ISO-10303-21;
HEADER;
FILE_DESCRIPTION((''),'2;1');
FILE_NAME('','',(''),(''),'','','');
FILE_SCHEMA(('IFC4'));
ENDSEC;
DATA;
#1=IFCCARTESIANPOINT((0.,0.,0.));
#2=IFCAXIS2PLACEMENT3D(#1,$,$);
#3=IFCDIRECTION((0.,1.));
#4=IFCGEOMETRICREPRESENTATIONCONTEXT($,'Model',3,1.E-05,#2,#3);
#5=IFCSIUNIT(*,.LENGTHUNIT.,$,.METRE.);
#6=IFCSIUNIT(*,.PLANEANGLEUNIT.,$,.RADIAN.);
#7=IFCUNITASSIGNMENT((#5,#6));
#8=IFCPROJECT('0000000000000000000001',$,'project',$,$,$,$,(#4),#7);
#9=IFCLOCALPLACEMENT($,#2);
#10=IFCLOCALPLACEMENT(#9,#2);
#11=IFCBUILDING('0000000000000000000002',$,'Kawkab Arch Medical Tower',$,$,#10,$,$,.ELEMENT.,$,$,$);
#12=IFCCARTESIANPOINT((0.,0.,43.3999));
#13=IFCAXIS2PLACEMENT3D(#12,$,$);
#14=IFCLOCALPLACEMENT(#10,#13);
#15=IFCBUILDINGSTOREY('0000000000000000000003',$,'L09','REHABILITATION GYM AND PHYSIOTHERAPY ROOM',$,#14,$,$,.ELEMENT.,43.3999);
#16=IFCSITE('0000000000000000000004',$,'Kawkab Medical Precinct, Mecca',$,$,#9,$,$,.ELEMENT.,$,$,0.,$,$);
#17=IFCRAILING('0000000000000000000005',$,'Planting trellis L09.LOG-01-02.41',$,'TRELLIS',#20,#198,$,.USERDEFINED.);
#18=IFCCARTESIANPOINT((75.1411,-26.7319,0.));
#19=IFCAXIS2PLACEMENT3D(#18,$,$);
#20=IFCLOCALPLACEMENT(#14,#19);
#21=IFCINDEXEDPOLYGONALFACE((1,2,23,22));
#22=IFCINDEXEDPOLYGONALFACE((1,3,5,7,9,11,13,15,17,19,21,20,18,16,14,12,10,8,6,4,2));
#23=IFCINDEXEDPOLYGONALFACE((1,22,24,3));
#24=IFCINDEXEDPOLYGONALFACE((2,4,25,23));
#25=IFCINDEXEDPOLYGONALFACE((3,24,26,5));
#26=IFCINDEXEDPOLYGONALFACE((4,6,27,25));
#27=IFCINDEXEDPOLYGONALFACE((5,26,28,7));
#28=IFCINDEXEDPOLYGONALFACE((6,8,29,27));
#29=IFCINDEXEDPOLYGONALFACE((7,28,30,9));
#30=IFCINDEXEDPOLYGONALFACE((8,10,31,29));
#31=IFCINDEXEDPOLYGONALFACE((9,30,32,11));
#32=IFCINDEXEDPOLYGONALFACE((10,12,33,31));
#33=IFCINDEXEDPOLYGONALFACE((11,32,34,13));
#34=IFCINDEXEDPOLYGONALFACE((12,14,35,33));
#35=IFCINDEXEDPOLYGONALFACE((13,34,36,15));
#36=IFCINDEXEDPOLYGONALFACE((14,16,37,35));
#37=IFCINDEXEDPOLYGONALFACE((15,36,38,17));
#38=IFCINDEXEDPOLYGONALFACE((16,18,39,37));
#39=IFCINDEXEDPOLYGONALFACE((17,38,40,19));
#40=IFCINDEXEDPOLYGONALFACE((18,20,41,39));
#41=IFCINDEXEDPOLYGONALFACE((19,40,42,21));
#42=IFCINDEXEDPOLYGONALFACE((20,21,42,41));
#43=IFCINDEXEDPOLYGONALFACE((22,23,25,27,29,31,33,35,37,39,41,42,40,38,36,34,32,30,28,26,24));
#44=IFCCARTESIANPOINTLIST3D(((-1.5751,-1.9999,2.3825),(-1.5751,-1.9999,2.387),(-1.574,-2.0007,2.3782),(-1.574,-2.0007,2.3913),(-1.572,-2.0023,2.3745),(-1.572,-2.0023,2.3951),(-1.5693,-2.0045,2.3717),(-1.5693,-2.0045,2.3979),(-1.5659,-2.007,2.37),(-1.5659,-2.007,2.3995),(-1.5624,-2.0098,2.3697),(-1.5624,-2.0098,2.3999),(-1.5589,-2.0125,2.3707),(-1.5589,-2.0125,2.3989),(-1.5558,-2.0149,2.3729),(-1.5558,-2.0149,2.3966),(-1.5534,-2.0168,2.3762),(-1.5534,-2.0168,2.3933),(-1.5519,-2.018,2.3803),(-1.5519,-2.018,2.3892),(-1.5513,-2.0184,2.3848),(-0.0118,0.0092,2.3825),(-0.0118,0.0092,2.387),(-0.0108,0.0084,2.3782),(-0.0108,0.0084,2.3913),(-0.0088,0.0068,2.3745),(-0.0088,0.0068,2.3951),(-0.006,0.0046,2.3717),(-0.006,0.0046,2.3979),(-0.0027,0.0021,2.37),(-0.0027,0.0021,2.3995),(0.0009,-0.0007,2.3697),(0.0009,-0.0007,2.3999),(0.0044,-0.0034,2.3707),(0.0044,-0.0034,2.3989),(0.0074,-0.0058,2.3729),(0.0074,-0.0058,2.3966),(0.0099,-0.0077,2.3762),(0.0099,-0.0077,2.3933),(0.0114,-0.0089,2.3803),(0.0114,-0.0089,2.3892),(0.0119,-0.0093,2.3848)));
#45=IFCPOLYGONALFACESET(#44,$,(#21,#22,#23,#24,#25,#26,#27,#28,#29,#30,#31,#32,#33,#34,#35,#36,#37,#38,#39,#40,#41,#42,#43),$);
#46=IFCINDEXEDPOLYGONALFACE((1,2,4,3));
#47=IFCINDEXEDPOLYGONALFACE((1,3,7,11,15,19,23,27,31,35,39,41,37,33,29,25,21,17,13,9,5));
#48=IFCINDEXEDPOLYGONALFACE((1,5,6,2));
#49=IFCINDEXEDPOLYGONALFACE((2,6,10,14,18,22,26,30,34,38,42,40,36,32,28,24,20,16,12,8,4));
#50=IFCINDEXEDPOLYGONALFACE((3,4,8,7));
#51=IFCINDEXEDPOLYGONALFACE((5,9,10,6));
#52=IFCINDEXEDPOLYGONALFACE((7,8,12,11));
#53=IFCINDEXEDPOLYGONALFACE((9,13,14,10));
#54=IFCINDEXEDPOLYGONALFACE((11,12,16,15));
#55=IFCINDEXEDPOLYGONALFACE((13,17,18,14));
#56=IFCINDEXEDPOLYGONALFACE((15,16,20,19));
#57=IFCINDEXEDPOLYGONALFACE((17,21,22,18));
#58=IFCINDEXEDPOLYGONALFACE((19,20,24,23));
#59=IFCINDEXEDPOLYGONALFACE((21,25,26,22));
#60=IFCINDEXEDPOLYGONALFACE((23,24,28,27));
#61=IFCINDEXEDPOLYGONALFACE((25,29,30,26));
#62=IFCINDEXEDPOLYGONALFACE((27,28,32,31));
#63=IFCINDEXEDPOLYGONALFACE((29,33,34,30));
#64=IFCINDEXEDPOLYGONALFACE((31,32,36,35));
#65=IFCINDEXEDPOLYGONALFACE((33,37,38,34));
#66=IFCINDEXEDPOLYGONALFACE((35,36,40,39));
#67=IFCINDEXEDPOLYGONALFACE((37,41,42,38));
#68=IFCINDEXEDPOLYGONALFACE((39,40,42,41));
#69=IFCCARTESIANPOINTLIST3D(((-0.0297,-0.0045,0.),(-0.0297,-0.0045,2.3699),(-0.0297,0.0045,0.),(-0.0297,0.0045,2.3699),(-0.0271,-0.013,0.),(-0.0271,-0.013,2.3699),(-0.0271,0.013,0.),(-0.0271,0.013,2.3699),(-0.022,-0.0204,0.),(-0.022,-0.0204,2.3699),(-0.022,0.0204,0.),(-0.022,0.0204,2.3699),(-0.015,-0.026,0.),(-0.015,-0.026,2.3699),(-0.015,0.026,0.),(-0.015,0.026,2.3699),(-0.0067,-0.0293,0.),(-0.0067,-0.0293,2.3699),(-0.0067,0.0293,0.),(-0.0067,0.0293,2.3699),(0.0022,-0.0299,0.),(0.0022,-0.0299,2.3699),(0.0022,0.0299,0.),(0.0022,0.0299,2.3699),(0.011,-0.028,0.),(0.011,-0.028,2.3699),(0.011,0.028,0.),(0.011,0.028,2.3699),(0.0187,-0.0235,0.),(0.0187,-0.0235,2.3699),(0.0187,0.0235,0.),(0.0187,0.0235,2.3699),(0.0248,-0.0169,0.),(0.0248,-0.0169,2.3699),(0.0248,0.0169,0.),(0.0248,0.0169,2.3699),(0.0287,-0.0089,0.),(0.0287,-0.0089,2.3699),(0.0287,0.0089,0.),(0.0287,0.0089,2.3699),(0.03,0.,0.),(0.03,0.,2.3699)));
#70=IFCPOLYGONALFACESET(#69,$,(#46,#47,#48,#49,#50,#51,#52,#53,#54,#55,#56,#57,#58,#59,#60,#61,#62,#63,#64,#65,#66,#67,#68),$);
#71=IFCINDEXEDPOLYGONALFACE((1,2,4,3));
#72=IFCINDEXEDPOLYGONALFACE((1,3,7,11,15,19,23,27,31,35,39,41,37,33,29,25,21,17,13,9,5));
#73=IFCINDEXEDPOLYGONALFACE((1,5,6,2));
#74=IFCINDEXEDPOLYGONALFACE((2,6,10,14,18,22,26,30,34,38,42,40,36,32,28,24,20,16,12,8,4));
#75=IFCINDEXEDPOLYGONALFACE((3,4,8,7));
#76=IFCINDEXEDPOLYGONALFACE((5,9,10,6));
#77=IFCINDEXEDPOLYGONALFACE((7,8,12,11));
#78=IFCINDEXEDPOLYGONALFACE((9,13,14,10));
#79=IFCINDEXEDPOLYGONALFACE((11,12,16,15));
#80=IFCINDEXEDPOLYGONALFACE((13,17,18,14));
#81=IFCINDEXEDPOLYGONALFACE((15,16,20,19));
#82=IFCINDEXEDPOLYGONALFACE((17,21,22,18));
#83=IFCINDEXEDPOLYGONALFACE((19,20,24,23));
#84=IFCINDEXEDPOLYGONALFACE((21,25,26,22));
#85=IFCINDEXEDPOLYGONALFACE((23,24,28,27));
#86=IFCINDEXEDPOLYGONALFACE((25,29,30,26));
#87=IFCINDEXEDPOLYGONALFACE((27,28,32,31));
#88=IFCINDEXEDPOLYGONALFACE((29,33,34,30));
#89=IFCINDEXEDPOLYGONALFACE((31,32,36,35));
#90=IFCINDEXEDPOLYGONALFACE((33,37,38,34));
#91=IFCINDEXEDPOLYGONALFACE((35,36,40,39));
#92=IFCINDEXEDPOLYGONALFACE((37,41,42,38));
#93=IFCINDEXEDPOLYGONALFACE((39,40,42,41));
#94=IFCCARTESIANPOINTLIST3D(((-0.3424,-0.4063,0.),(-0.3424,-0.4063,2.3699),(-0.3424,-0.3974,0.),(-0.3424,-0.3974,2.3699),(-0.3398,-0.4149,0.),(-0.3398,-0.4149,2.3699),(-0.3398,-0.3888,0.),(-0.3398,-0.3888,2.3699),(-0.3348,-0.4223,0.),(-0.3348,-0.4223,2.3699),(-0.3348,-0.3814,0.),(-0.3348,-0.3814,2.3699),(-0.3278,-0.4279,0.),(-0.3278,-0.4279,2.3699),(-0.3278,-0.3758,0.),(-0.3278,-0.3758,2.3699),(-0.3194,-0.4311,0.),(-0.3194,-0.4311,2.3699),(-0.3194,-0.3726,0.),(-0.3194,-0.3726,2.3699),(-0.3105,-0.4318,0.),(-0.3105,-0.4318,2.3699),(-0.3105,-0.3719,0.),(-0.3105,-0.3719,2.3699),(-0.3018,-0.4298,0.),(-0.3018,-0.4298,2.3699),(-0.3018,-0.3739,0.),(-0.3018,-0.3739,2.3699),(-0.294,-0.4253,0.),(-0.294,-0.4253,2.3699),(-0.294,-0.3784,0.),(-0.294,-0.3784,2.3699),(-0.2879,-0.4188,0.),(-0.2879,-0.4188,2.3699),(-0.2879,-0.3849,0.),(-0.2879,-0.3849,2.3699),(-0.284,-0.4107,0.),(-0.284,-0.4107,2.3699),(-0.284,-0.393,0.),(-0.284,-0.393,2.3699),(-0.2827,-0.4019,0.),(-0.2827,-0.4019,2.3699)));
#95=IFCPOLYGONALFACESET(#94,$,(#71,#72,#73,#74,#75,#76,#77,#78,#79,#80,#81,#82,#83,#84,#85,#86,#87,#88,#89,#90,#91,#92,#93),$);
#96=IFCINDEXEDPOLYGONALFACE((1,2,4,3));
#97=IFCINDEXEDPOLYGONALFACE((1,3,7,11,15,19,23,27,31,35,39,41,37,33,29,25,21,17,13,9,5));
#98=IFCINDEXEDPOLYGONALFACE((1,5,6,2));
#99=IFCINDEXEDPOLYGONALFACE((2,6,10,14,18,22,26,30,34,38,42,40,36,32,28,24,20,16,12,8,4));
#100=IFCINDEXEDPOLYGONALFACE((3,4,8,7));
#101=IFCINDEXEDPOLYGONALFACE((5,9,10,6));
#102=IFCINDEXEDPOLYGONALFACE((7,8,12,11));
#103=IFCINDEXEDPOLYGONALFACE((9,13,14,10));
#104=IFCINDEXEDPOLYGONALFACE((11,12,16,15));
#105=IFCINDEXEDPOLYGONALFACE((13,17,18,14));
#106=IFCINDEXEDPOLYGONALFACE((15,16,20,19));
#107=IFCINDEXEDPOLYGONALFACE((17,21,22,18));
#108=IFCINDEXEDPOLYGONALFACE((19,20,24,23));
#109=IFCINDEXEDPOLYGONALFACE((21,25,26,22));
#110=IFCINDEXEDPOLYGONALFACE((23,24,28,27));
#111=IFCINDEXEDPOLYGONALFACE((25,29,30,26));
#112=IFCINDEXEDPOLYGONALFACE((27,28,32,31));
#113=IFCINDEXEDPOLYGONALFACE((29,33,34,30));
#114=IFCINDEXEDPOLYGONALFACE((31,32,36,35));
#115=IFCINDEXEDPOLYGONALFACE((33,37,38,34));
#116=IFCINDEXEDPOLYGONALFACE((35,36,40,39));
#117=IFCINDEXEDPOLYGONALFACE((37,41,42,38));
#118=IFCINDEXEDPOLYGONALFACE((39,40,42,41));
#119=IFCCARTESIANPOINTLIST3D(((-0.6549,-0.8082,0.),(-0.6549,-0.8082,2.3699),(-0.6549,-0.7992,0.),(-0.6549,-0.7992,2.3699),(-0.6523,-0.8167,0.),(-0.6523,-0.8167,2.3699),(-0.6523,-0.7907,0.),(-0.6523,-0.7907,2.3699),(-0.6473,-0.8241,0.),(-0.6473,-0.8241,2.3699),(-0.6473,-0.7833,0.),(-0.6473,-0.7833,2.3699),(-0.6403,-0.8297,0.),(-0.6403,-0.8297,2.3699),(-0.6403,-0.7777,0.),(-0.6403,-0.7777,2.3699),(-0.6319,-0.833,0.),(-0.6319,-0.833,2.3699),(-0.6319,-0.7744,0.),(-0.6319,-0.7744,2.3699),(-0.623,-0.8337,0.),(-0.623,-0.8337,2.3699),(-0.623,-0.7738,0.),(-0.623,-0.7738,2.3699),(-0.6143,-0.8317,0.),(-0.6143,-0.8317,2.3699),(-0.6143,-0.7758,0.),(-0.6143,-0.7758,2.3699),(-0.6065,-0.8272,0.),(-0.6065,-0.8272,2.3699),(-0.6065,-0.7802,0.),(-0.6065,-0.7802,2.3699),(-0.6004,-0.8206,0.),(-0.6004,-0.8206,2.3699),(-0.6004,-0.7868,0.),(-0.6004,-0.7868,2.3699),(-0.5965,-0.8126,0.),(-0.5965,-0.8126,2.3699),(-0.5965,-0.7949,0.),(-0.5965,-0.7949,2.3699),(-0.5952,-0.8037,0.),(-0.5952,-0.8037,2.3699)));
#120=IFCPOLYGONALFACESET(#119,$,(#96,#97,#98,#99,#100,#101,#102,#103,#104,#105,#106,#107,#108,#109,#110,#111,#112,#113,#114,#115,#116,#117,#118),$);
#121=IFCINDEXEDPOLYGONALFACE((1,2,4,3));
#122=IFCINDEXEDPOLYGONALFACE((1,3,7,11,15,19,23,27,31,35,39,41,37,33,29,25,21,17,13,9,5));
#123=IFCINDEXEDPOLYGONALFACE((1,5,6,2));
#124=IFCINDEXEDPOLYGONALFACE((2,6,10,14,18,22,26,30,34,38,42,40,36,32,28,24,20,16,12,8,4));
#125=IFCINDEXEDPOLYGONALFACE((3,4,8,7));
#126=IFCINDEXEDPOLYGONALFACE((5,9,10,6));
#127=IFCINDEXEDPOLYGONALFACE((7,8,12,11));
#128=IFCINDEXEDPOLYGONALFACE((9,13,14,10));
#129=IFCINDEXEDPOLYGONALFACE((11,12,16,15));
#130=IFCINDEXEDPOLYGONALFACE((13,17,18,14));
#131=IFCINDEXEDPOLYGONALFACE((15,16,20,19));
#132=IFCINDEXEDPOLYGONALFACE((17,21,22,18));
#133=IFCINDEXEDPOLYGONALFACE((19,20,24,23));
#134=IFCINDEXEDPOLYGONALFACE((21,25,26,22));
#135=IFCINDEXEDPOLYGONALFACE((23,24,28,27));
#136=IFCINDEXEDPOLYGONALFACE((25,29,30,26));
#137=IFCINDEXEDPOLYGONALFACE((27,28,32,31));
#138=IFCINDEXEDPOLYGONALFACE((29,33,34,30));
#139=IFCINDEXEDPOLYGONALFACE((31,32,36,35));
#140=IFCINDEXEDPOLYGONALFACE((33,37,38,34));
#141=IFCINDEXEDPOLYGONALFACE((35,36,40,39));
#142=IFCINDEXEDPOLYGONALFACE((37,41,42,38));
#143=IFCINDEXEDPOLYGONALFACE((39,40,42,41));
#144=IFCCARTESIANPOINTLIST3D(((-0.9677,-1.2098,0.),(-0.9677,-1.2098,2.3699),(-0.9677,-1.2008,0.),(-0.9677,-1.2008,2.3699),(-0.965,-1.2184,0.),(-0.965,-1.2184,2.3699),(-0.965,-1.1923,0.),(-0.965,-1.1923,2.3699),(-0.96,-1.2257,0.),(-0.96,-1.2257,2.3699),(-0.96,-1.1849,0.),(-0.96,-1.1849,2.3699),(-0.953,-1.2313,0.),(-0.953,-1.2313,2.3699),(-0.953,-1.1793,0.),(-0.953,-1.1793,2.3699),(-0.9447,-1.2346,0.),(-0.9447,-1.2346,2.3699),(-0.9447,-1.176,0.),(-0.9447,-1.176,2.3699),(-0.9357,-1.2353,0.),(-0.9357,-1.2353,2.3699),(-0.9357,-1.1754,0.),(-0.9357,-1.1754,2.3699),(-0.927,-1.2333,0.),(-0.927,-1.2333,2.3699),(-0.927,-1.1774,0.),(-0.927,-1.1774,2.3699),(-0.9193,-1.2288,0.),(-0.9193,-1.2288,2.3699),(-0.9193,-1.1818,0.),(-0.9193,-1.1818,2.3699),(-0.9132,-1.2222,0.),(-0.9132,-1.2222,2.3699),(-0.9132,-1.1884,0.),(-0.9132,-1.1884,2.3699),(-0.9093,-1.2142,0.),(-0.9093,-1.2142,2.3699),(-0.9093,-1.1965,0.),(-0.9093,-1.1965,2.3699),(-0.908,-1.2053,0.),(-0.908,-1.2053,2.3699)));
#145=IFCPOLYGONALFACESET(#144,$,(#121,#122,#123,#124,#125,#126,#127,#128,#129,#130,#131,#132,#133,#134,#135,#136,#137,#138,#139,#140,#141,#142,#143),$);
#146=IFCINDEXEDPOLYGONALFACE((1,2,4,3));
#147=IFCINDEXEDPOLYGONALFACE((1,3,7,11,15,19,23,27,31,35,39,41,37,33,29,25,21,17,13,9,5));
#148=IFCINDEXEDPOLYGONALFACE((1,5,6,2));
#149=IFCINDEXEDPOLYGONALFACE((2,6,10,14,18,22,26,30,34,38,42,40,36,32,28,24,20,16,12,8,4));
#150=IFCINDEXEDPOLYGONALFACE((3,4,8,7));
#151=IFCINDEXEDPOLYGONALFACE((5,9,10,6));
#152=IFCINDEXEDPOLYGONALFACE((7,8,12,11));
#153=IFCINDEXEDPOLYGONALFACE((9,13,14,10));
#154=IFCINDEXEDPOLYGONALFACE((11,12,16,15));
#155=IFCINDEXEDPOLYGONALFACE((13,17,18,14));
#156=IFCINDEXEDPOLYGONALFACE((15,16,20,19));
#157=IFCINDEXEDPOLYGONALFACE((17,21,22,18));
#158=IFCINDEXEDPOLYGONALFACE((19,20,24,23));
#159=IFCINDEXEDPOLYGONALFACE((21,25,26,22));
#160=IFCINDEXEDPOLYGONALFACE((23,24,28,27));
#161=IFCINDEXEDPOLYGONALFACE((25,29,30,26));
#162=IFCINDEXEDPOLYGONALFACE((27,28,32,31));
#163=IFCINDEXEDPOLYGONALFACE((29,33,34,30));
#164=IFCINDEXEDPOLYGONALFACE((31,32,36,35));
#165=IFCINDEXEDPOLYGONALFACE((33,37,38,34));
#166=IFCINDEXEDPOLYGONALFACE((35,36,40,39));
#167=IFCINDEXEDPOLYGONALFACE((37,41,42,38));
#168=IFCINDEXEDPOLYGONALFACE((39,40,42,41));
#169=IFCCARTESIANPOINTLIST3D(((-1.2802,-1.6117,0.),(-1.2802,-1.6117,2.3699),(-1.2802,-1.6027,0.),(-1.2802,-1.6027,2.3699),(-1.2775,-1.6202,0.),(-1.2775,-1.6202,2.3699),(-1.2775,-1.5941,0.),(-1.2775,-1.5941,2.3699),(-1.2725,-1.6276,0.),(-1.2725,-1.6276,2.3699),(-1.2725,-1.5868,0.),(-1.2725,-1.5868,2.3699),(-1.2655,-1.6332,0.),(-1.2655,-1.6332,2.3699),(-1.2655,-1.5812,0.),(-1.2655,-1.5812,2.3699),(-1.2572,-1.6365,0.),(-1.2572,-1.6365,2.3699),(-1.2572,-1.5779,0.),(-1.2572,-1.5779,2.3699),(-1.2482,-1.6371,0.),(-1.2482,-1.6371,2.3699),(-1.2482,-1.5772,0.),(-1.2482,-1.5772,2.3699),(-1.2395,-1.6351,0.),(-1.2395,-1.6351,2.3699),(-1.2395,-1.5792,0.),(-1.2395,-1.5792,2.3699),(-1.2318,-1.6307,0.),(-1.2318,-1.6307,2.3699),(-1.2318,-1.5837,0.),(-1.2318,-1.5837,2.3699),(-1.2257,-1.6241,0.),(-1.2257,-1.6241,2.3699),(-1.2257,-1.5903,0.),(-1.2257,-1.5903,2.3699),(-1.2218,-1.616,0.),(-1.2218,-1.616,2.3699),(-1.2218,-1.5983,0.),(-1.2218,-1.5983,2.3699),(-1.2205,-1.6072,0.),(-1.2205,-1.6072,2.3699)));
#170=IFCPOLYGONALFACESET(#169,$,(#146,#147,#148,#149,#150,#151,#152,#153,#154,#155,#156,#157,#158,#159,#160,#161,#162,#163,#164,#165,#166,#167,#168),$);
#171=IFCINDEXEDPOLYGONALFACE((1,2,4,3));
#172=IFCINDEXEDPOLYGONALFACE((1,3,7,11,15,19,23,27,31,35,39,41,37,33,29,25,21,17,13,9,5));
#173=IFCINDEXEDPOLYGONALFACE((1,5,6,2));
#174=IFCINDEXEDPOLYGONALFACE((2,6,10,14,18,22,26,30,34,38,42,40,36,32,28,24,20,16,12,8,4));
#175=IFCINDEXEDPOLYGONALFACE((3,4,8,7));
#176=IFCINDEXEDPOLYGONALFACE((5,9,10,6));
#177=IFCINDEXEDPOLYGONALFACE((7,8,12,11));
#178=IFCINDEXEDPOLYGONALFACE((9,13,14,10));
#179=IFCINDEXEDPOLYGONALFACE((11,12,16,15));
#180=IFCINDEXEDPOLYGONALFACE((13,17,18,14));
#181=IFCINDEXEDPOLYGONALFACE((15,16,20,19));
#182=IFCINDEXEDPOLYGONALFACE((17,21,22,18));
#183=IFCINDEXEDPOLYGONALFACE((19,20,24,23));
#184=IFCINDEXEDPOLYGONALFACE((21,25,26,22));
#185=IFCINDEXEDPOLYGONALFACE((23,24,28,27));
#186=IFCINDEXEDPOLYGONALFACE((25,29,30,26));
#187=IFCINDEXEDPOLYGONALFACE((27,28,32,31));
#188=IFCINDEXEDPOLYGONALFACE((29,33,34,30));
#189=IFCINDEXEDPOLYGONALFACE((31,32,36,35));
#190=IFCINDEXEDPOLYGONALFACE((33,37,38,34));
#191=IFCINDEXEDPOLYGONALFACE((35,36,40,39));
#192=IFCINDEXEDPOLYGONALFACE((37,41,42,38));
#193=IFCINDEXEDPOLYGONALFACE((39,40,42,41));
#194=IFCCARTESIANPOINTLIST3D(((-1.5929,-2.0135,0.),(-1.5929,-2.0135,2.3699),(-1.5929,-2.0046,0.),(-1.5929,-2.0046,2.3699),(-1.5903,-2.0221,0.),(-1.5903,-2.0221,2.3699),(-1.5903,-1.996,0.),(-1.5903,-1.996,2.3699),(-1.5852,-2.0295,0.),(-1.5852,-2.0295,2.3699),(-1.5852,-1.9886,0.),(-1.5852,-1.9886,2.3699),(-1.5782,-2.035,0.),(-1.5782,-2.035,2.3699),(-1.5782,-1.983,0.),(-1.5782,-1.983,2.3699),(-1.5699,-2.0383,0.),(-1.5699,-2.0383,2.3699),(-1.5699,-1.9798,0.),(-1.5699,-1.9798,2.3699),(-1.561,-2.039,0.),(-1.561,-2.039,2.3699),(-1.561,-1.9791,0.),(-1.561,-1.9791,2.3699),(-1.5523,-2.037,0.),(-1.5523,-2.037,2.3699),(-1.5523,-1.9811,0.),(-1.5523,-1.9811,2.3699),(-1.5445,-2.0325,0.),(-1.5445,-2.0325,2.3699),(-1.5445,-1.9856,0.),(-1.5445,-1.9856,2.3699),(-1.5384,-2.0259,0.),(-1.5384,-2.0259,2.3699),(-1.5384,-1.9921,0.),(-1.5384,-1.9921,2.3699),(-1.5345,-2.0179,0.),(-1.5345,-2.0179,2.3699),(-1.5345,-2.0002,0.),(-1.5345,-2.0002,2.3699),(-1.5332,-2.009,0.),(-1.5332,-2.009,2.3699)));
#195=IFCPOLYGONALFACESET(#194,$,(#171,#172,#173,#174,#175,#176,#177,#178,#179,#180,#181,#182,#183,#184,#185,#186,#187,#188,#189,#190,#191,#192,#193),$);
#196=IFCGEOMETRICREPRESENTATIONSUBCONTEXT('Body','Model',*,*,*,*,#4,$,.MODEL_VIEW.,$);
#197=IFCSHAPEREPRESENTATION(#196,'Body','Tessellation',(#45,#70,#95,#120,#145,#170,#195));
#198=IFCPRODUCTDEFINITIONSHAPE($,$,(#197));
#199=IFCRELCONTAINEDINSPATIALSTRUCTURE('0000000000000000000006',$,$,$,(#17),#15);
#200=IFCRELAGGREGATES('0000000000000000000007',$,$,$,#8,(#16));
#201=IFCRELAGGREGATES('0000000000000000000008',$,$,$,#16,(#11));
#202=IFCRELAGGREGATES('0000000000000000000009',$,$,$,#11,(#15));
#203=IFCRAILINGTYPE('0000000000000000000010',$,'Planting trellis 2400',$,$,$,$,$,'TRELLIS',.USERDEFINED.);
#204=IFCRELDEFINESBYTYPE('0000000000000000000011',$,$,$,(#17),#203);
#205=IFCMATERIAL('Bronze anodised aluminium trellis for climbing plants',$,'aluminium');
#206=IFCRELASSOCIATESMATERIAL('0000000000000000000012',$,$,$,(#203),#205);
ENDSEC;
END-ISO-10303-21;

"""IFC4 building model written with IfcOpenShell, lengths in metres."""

from ifc_helpers import new_model, si_unit, direction, frame, origin, origin_2d, place, context, subcontext, project, spatial, circle, extrude, material, type_object, element, save


model = new_model("IFC4")

# Units and contexts
model_context = context("Model", 3, precision=1e-05, world=origin(), true_north=direction((0.0, 1.0)))
body_context = subcontext(model_context, "Body", "Model", "MODEL_VIEW")
ifc_project = project(units=[si_unit("LENGTHUNIT", "METRE"), si_unit("PLANEANGLEUNIT", "RADIAN")], contexts=[model_context])

# Site, building, storey
site_placement = place(None, origin())
site = spatial("IfcSite", under=ifc_project, at=site_placement, Name="Kawkab Medical Precinct, Mecca", CompositionType="ELEMENT", RefElevation=0.0)
building_placement = place(site_placement, origin())
building = spatial("IfcBuilding", under=site, at=building_placement, Name="Kawkab Arch Medical Tower", CompositionType="ELEMENT")
storey_placement = place(building_placement, frame((0.0, 0.0, 43.3999)))
storey = spatial("IfcBuildingStorey", under=building, at=storey_placement, Name="L09", Description="REHABILITATION GYM AND PHYSIOTHERAPY ROOM", CompositionType="ELEMENT", Elevation=43.3999)

# Railing
ifc_material_1 = material(Name="Bronze anodised aluminium trellis for climbing plants", Category="aluminium")
railing_type = type_object("IfcRailingType", Name="Planting trellis 2400", ElementType="TRELLIS", PredefinedType="USERDEFINED", material=ifc_material_1)
railing_1_placement = place(storey_placement, frame((75.1411, -26.7319, 0.0)))
element("IfcRailing", 1, at=railing_1_placement, inside=storey, type_object=railing_type, Name="Planting trellis L09.LOG-01-02.41", ObjectType="TRELLIS", PredefinedType="USERDEFINED", context=body_context, shape_type="SweptSolid", body=[
    extrude(circle(Radius=0.0151, at=origin_2d()), frame((0.0, 0.0, 2.3848), z_axis=(-0.6141, -0.789228, 0.0), x_axis=(0.789228, -0.6141, 0.0)), (0.0, 0.0, 1.0), 2.5457),
    extrude(circle(Radius=0.03, at=origin_2d()), origin(), (0.0, 0.0, 1.0), 2.3699),
    extrude(circle(Radius=0.03, at=origin_2d()), frame((-0.3127, -0.4019, 0.0)), (0.0, 0.0, 1.0), 2.3699),
    extrude(circle(Radius=0.03, at=origin_2d()), frame((-0.6252, -0.8037, 0.0)), (0.0, 0.0, 1.0), 2.3699),
    extrude(circle(Radius=0.03, at=origin_2d()), frame((-0.938, -1.2053, 0.0)), (0.0, 0.0, 1.0), 2.3699),
    extrude(circle(Radius=0.03, at=origin_2d()), frame((-1.2505, -1.6072, 0.0)), (0.0, 0.0, 1.0), 2.3699),
    extrude(circle(Radius=0.03, at=origin_2d()), frame((-1.5632, -2.009, 0.0)), (0.0, 0.0, 1.0), 2.3699),
])

save(model, "model.ifc")
